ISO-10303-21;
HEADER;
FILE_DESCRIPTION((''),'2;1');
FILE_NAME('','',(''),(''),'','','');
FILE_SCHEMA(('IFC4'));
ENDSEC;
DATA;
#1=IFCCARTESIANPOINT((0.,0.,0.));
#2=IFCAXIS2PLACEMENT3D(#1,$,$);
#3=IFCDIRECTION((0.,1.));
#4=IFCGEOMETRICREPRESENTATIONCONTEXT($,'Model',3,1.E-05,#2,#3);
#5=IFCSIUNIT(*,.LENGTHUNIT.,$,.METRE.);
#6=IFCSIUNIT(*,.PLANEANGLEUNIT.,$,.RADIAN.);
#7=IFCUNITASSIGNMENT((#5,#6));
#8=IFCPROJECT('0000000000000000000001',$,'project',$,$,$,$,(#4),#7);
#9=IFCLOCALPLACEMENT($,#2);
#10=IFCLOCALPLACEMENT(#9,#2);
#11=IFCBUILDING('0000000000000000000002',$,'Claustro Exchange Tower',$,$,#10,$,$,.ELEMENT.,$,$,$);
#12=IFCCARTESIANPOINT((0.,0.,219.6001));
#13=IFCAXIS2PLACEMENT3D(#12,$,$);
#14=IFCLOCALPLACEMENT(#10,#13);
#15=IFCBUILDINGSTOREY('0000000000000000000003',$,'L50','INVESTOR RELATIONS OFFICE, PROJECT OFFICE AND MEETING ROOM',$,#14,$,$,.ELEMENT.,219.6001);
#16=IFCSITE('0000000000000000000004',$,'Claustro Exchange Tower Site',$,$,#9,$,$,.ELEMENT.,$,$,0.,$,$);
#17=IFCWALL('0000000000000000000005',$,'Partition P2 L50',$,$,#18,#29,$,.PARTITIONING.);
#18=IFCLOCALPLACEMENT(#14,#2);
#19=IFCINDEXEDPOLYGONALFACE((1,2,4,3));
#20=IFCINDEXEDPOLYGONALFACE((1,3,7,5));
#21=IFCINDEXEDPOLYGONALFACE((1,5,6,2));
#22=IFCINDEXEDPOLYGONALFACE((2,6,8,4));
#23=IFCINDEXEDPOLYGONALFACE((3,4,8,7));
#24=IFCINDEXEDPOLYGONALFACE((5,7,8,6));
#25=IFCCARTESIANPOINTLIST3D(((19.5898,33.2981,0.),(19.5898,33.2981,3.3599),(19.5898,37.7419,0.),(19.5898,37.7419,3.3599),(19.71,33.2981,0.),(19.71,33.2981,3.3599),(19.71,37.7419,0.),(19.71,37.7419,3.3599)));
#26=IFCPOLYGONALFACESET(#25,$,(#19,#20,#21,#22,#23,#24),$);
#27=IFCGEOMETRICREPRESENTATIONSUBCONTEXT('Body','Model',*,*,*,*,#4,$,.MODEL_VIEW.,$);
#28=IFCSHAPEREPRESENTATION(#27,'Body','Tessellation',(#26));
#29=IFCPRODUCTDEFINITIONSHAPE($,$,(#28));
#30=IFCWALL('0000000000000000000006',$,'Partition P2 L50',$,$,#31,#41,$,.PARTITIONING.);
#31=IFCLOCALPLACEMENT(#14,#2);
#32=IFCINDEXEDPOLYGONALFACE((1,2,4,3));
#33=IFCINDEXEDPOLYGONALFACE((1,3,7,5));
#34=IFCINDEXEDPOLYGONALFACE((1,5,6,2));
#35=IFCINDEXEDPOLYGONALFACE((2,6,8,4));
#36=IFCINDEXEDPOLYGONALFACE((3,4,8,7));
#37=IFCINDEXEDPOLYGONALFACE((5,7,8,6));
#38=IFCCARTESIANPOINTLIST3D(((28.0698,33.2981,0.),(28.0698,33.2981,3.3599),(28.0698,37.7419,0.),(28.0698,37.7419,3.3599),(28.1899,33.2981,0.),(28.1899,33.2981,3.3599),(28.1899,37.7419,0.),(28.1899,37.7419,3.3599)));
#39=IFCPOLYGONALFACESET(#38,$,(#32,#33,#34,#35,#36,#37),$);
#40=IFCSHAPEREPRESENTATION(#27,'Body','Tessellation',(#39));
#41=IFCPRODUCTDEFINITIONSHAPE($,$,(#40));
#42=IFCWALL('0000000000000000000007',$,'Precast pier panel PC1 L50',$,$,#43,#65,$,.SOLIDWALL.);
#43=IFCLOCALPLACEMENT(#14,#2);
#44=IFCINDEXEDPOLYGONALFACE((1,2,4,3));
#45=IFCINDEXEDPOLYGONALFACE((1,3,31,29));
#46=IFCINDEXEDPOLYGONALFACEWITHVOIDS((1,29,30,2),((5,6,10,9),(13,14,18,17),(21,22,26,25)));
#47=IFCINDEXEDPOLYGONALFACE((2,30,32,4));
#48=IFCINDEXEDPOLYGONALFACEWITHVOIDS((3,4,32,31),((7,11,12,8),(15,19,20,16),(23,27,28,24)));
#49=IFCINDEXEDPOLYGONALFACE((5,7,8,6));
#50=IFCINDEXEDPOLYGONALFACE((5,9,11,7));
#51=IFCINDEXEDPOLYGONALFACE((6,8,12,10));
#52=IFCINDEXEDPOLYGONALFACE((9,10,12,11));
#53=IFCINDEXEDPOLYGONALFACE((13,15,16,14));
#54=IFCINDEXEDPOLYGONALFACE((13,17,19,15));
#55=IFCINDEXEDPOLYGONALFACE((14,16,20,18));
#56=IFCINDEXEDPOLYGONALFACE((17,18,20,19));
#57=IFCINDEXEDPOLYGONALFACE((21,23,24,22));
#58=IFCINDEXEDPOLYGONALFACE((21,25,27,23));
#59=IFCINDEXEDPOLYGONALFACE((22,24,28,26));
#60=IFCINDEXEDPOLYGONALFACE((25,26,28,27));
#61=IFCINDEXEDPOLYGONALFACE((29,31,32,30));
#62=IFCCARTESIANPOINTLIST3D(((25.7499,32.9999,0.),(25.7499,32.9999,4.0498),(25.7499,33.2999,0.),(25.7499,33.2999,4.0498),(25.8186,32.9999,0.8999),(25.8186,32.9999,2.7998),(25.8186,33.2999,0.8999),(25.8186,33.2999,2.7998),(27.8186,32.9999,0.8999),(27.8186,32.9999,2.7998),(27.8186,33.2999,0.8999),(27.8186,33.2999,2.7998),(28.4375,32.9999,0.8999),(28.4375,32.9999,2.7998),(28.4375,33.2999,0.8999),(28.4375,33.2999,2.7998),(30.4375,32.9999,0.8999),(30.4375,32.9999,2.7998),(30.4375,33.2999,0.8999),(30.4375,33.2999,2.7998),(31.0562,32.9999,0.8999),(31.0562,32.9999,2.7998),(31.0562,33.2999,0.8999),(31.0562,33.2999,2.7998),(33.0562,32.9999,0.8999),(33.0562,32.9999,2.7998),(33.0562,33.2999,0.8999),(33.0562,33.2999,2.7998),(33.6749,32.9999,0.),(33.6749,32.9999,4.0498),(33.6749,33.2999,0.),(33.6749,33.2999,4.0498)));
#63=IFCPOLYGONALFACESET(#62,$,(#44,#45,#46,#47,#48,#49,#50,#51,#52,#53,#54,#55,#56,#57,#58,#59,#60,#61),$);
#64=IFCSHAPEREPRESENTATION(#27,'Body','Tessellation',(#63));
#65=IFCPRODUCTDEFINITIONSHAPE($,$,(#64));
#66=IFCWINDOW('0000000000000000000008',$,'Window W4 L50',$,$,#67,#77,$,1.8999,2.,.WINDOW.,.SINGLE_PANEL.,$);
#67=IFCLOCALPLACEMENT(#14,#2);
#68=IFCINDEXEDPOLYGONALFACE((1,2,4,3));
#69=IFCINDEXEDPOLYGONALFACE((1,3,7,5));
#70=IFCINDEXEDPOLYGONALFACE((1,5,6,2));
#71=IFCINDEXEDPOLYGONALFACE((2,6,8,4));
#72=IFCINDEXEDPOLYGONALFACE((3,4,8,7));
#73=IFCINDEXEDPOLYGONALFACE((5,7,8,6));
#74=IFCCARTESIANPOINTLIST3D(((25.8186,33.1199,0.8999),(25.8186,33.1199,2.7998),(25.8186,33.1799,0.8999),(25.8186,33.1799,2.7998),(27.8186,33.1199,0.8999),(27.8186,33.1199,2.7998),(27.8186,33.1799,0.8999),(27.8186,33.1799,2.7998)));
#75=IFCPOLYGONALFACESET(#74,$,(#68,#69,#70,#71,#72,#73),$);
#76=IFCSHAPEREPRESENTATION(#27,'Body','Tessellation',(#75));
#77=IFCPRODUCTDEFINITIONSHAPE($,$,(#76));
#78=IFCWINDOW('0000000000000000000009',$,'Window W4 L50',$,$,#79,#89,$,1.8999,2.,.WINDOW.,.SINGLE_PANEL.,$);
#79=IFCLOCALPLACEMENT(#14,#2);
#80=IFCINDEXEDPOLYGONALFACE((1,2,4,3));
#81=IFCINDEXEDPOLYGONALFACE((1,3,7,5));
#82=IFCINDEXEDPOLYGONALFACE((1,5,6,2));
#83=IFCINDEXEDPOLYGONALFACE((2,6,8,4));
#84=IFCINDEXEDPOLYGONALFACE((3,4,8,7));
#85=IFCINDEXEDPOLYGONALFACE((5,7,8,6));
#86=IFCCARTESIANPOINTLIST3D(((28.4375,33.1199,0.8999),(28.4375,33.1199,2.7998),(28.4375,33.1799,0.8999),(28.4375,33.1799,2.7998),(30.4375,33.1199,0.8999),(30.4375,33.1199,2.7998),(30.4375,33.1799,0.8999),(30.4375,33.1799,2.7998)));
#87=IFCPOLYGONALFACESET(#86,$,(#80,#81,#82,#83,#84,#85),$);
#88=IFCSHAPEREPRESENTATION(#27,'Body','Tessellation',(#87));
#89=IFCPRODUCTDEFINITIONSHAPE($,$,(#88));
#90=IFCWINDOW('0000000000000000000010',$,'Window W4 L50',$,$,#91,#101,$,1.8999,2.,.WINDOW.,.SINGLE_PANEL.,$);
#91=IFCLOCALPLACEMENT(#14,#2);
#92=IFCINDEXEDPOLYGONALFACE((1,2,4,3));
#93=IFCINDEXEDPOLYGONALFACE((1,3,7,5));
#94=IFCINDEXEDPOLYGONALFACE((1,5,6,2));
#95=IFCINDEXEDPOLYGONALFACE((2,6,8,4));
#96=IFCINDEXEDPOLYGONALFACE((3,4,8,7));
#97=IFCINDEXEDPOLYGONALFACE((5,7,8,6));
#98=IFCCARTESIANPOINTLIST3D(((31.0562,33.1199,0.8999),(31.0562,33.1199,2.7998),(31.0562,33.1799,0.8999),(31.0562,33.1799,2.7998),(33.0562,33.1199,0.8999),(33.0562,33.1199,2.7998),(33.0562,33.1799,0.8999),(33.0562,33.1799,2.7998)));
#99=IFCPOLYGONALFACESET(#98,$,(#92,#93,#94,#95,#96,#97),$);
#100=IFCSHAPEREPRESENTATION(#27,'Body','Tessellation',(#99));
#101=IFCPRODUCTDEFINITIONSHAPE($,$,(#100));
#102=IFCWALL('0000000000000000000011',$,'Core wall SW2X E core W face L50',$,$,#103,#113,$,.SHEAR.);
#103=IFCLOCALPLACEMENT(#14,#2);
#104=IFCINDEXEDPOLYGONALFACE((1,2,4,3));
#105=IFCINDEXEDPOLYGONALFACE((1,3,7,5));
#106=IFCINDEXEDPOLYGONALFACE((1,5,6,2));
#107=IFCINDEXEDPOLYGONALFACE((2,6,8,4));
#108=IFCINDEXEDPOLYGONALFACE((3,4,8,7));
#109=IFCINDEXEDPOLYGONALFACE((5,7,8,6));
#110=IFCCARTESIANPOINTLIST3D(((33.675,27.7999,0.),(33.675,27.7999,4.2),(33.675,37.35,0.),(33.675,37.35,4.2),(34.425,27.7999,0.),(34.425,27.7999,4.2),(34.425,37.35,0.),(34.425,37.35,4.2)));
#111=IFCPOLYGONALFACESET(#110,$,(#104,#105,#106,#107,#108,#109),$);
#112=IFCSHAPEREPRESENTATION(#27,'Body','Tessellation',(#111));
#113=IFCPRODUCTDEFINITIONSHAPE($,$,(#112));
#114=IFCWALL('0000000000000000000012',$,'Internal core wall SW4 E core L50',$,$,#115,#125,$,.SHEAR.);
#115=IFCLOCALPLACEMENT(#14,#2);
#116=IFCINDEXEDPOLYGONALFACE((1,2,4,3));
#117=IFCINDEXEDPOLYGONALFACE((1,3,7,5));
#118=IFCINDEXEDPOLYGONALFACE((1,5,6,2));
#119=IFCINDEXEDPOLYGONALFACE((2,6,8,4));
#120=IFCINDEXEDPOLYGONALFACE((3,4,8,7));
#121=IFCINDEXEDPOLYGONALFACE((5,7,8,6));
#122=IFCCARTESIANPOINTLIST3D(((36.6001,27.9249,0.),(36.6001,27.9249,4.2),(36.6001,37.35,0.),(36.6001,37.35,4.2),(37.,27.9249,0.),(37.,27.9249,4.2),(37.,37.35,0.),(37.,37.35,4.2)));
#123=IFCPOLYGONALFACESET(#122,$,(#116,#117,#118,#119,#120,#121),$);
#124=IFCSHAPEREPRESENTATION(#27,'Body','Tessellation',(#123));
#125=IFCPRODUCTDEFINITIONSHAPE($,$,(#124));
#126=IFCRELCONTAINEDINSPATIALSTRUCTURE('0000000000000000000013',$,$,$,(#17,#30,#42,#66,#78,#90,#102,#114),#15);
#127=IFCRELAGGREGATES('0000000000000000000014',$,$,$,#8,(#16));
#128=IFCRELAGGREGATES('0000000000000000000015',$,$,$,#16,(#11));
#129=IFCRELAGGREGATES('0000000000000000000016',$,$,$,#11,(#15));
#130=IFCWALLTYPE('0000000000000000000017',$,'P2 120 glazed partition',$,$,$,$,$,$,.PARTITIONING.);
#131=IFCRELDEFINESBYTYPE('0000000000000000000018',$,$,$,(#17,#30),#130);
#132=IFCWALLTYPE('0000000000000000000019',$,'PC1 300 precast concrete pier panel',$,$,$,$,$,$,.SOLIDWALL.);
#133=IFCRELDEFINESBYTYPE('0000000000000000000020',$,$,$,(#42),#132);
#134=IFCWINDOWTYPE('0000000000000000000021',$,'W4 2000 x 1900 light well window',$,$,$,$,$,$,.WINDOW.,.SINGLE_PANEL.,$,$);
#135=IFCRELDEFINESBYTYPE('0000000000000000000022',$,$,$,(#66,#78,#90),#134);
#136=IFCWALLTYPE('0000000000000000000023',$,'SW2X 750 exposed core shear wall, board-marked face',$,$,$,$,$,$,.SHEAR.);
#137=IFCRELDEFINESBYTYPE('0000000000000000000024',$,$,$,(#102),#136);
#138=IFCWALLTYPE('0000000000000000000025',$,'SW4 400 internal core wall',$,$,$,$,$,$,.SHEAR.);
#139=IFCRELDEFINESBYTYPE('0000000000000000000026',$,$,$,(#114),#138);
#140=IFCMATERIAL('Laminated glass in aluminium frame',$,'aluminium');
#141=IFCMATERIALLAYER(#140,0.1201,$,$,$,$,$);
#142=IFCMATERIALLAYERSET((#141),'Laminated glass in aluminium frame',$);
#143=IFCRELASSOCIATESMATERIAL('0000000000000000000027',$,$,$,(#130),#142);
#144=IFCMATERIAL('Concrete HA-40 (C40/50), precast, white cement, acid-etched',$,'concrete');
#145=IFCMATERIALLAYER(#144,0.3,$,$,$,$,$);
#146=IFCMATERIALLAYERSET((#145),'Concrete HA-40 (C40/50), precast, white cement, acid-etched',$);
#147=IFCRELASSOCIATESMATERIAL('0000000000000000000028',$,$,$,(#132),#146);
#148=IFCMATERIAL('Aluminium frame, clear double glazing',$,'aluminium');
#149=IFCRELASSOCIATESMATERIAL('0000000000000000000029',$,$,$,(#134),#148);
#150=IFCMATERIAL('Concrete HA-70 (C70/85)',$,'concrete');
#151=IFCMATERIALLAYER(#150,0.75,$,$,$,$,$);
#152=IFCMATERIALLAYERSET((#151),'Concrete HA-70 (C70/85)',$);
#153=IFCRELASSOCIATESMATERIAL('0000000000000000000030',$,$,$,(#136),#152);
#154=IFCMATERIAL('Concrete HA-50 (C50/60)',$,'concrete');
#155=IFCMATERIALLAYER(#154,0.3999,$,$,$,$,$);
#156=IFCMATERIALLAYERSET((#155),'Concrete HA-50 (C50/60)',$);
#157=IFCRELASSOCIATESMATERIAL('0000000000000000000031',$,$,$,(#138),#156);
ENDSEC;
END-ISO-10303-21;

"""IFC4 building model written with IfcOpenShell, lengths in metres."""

from ifc_helpers import new_model, si_unit, direction, frame, frame_2d, origin, place, context, subcontext, project, spatial, rectangle, extrude, material, layer, layer_set, type_object, element, fill, save


model = new_model("IFC4")

# Units and contexts
model_context = context("Model", 3, precision=1e-05, world=origin(), true_north=direction((0.0, 1.0)))
body_context = subcontext(model_context, "Body", "Model", "MODEL_VIEW")
ifc_project = project(units=[si_unit("LENGTHUNIT", "METRE"), si_unit("PLANEANGLEUNIT", "RADIAN")], contexts=[model_context])

# Site, building, storey
site_placement = place(None, origin())
site = spatial("IfcSite", under=ifc_project, at=site_placement, Name="Claustro Exchange Tower Site", CompositionType="ELEMENT", RefElevation=0.0)
building_placement = place(site_placement, origin())
building = spatial("IfcBuilding", under=site, at=building_placement, Name="Claustro Exchange Tower", CompositionType="ELEMENT")
storey_placement = place(building_placement, frame((0.0, 0.0, 219.6001)))
storey = spatial("IfcBuildingStorey", under=building, at=storey_placement, Name="L50", Description="INVESTOR RELATIONS OFFICE, PROJECT OFFICE AND MEETING ROOM", CompositionType="ELEMENT", Elevation=219.6001)

# Walls
ifc_material_1 = material(Name="Laminated glass in aluminium frame", Category="aluminium")
ifc_layer_1 = layer(ifc_material_1, 0.1201)
ifc_layer_set_1 = layer_set([ifc_layer_1], Name="Laminated glass in aluminium frame")
wall_type_1 = type_object("IfcWallType", Name="P2 120 glazed partition", PredefinedType="PARTITIONING", material=ifc_layer_set_1)
for number, where, z_axis, x_axis, name in (
    (1, (19.6499, 33.2981, 0.0), (0.0, 0.0, 1.0), (0.0, 1.0, 0.0), "Partition P2 L50"),
    (2, (28.1299, 33.2981, 0.0), (0.0, 0.0, 1.0), (0.0, 1.0, 0.0), "Partition P2 L50"),
):
    element("IfcWall", number, at=place(storey_placement, frame(where, z_axis=z_axis, x_axis=x_axis)), inside=storey, type_object=wall_type_1, Name=name, PredefinedType="PARTITIONING", context=body_context, shape_type="SweptSolid", body=[
        extrude(rectangle(XDim=4.4438, YDim=0.1201, at=frame_2d((2.2219, 0.0))), origin(), (0.0, 0.0, 1.0), 3.3599),
    ])

# Wall, openings, windows
ifc_material_2 = material(Name="Concrete HA-40 (C40/50), precast, white cement, acid-etched", Category="concrete")
ifc_layer_2 = layer(ifc_material_2, 0.3)
ifc_layer_set_2 = layer_set([ifc_layer_2], Name="Concrete HA-40 (C40/50), precast, white cement, acid-etched")
wall_type_2 = type_object("IfcWallType", Name="PC1 300 precast concrete pier panel", PredefinedType="SOLIDWALL", material=ifc_layer_set_2)
wall_1_placement = place(storey_placement, frame((25.75, 33.1499, 0.0), z_axis=(0.0, 0.0, 1.0), x_axis=(1.0, 0.0, 0.0)))
wall_1 = element("IfcWall", 3, at=wall_1_placement, inside=storey, type_object=wall_type_2, Name="Precast pier panel PC1 L50", PredefinedType="SOLIDWALL", context=body_context, shape_type="SweptSolid", body=[
    extrude(rectangle(XDim=7.925, YDim=0.3, at=frame_2d((3.9624, 0.0))), origin(), (0.0, 0.0, 1.0), 4.0498),
])
opening_1_placement = place(wall_1_placement, frame((0.0686, 0.0, 0.8999)))
opening_1 = element("IfcOpeningElement", 4, at=opening_1_placement, cuts=wall_1, PredefinedType="OPENING", context=body_context, shape_type="SweptSolid", body=[
    extrude(rectangle(XDim=2.0, YDim=1.8999, at=frame_2d((1.0, 0.95))), frame((0.0, 0.1599, 0.0), z_axis=(0.0, -1.0, 0.0), x_axis=(1.0, 0.0, 0.0)), (0.0, 0.0, 1.0), 0.3201),
])
opening_2_placement = place(wall_1_placement, frame((2.6875, 0.0, 0.8999)))
opening_2 = element("IfcOpeningElement", 5, at=opening_2_placement, cuts=wall_1, PredefinedType="OPENING", context=body_context, shape_type="SweptSolid", body=[
    extrude(rectangle(XDim=2.0, YDim=1.8999, at=frame_2d((1.0, 0.95))), frame((0.0, 0.1599, 0.0), z_axis=(0.0, -1.0, 0.0), x_axis=(1.0, 0.0, 0.0)), (0.0, 0.0, 1.0), 0.3201),
])
opening_3_placement = place(wall_1_placement, frame((5.3062, 0.0, 0.8999)))
opening_3 = element("IfcOpeningElement", 6, at=opening_3_placement, cuts=wall_1, PredefinedType="OPENING", context=body_context, shape_type="SweptSolid", body=[
    extrude(rectangle(XDim=2.0, YDim=1.8999, at=frame_2d((1.0, 0.95))), frame((0.0, 0.1599, 0.0), z_axis=(0.0, -1.0, 0.0), x_axis=(1.0, 0.0, 0.0)), (0.0, 0.0, 1.0), 0.3201),
])
ifc_material_3 = material(Name="Aluminium frame, clear double glazing", Category="aluminium")
window_type = type_object("IfcWindowType", Name="W4 2000 x 1900 light well window", PartitioningType="SINGLE_PANEL", PredefinedType="WINDOW", material=ifc_material_3)
window_1_placement = place(opening_1_placement, origin())
window_1 = element("IfcWindow", 7, at=window_1_placement, inside=storey, type_object=window_type, Name="Window W4 L50", OverallHeight=1.8999, OverallWidth=2.0, PartitioningType="SINGLE_PANEL", PredefinedType="WINDOW", context=body_context, shape_type="SweptSolid", body=[
    extrude(rectangle(XDim=2.0, YDim=1.8999, at=frame_2d((1.0, 0.95))), frame((0.0, 0.03, 0.0), z_axis=(0.0, -1.0, 0.0), x_axis=(1.0, 0.0, 0.0)), (0.0, 0.0, 1.0), 0.0601),
])
fill(opening_1, window_1)
window_2_placement = place(opening_2_placement, origin())
window_2 = element("IfcWindow", 8, at=window_2_placement, inside=storey, type_object=window_type, Name="Window W4 L50", OverallHeight=1.8999, OverallWidth=2.0, PartitioningType="SINGLE_PANEL", PredefinedType="WINDOW", context=body_context, shape_type="SweptSolid", body=[
    extrude(rectangle(XDim=2.0, YDim=1.8999, at=frame_2d((1.0, 0.95))), frame((0.0, 0.03, 0.0), z_axis=(0.0, -1.0, 0.0), x_axis=(1.0, 0.0, 0.0)), (0.0, 0.0, 1.0), 0.0601),
])
fill(opening_2, window_2)
window_3_placement = place(opening_3_placement, origin())
window_3 = element("IfcWindow", 9, at=window_3_placement, inside=storey, type_object=window_type, Name="Window W4 L50", OverallHeight=1.8999, OverallWidth=2.0, PartitioningType="SINGLE_PANEL", PredefinedType="WINDOW", context=body_context, shape_type="SweptSolid", body=[
    extrude(rectangle(XDim=2.0, YDim=1.8999, at=frame_2d((1.0, 0.95))), frame((0.0, 0.03, 0.0), z_axis=(0.0, -1.0, 0.0), x_axis=(1.0, 0.0, 0.0)), (0.0, 0.0, 1.0), 0.0601),
])
fill(opening_3, window_3)

# Walls
ifc_material_4 = material(Name="Concrete HA-70 (C70/85)", Category="concrete")
ifc_layer_3 = layer(ifc_material_4, 0.75)
ifc_layer_set_3 = layer_set([ifc_layer_3], Name="Concrete HA-70 (C70/85)")
wall_type_3 = type_object("IfcWallType", Name="SW2X 750 exposed core shear wall, board-marked face", PredefinedType="SHEAR", material=ifc_layer_set_3)
wall_2_placement = place(storey_placement, frame((34.05, 27.8, 0.0), z_axis=(0.0, 0.0, 1.0), x_axis=(0.0, 1.0, 0.0)))
element("IfcWall", 10, at=wall_2_placement, inside=storey, type_object=wall_type_3, Name="Core wall SW2X E core W face L50", PredefinedType="SHEAR", context=body_context, shape_type="SweptSolid", body=[
    extrude(rectangle(XDim=9.55, YDim=0.75, at=frame_2d((4.7749, 0.0))), origin(), (0.0, 0.0, 1.0), 4.2),
])
ifc_material_5 = material(Name="Concrete HA-50 (C50/60)", Category="concrete")
ifc_layer_4 = layer(ifc_material_5, 0.3999)
ifc_layer_set_4 = layer_set([ifc_layer_4], Name="Concrete HA-50 (C50/60)")
wall_type_4 = type_object("IfcWallType", Name="SW4 400 internal core wall", PredefinedType="SHEAR", material=ifc_layer_set_4)
wall_3_placement = place(storey_placement, frame((36.8, 27.925, 0.0), z_axis=(0.0, 0.0, 1.0), x_axis=(0.0, 1.0, 0.0)))
element("IfcWall", 11, at=wall_3_placement, inside=storey, type_object=wall_type_4, Name="Internal core wall SW4 E core L50", PredefinedType="SHEAR", context=body_context, shape_type="SweptSolid", body=[
    extrude(rectangle(XDim=9.425, YDim=0.3999, at=frame_2d((4.7124, 0.0))), origin(), (0.0, 0.0, 1.0), 4.2),
])

save(model, "model.ifc")
